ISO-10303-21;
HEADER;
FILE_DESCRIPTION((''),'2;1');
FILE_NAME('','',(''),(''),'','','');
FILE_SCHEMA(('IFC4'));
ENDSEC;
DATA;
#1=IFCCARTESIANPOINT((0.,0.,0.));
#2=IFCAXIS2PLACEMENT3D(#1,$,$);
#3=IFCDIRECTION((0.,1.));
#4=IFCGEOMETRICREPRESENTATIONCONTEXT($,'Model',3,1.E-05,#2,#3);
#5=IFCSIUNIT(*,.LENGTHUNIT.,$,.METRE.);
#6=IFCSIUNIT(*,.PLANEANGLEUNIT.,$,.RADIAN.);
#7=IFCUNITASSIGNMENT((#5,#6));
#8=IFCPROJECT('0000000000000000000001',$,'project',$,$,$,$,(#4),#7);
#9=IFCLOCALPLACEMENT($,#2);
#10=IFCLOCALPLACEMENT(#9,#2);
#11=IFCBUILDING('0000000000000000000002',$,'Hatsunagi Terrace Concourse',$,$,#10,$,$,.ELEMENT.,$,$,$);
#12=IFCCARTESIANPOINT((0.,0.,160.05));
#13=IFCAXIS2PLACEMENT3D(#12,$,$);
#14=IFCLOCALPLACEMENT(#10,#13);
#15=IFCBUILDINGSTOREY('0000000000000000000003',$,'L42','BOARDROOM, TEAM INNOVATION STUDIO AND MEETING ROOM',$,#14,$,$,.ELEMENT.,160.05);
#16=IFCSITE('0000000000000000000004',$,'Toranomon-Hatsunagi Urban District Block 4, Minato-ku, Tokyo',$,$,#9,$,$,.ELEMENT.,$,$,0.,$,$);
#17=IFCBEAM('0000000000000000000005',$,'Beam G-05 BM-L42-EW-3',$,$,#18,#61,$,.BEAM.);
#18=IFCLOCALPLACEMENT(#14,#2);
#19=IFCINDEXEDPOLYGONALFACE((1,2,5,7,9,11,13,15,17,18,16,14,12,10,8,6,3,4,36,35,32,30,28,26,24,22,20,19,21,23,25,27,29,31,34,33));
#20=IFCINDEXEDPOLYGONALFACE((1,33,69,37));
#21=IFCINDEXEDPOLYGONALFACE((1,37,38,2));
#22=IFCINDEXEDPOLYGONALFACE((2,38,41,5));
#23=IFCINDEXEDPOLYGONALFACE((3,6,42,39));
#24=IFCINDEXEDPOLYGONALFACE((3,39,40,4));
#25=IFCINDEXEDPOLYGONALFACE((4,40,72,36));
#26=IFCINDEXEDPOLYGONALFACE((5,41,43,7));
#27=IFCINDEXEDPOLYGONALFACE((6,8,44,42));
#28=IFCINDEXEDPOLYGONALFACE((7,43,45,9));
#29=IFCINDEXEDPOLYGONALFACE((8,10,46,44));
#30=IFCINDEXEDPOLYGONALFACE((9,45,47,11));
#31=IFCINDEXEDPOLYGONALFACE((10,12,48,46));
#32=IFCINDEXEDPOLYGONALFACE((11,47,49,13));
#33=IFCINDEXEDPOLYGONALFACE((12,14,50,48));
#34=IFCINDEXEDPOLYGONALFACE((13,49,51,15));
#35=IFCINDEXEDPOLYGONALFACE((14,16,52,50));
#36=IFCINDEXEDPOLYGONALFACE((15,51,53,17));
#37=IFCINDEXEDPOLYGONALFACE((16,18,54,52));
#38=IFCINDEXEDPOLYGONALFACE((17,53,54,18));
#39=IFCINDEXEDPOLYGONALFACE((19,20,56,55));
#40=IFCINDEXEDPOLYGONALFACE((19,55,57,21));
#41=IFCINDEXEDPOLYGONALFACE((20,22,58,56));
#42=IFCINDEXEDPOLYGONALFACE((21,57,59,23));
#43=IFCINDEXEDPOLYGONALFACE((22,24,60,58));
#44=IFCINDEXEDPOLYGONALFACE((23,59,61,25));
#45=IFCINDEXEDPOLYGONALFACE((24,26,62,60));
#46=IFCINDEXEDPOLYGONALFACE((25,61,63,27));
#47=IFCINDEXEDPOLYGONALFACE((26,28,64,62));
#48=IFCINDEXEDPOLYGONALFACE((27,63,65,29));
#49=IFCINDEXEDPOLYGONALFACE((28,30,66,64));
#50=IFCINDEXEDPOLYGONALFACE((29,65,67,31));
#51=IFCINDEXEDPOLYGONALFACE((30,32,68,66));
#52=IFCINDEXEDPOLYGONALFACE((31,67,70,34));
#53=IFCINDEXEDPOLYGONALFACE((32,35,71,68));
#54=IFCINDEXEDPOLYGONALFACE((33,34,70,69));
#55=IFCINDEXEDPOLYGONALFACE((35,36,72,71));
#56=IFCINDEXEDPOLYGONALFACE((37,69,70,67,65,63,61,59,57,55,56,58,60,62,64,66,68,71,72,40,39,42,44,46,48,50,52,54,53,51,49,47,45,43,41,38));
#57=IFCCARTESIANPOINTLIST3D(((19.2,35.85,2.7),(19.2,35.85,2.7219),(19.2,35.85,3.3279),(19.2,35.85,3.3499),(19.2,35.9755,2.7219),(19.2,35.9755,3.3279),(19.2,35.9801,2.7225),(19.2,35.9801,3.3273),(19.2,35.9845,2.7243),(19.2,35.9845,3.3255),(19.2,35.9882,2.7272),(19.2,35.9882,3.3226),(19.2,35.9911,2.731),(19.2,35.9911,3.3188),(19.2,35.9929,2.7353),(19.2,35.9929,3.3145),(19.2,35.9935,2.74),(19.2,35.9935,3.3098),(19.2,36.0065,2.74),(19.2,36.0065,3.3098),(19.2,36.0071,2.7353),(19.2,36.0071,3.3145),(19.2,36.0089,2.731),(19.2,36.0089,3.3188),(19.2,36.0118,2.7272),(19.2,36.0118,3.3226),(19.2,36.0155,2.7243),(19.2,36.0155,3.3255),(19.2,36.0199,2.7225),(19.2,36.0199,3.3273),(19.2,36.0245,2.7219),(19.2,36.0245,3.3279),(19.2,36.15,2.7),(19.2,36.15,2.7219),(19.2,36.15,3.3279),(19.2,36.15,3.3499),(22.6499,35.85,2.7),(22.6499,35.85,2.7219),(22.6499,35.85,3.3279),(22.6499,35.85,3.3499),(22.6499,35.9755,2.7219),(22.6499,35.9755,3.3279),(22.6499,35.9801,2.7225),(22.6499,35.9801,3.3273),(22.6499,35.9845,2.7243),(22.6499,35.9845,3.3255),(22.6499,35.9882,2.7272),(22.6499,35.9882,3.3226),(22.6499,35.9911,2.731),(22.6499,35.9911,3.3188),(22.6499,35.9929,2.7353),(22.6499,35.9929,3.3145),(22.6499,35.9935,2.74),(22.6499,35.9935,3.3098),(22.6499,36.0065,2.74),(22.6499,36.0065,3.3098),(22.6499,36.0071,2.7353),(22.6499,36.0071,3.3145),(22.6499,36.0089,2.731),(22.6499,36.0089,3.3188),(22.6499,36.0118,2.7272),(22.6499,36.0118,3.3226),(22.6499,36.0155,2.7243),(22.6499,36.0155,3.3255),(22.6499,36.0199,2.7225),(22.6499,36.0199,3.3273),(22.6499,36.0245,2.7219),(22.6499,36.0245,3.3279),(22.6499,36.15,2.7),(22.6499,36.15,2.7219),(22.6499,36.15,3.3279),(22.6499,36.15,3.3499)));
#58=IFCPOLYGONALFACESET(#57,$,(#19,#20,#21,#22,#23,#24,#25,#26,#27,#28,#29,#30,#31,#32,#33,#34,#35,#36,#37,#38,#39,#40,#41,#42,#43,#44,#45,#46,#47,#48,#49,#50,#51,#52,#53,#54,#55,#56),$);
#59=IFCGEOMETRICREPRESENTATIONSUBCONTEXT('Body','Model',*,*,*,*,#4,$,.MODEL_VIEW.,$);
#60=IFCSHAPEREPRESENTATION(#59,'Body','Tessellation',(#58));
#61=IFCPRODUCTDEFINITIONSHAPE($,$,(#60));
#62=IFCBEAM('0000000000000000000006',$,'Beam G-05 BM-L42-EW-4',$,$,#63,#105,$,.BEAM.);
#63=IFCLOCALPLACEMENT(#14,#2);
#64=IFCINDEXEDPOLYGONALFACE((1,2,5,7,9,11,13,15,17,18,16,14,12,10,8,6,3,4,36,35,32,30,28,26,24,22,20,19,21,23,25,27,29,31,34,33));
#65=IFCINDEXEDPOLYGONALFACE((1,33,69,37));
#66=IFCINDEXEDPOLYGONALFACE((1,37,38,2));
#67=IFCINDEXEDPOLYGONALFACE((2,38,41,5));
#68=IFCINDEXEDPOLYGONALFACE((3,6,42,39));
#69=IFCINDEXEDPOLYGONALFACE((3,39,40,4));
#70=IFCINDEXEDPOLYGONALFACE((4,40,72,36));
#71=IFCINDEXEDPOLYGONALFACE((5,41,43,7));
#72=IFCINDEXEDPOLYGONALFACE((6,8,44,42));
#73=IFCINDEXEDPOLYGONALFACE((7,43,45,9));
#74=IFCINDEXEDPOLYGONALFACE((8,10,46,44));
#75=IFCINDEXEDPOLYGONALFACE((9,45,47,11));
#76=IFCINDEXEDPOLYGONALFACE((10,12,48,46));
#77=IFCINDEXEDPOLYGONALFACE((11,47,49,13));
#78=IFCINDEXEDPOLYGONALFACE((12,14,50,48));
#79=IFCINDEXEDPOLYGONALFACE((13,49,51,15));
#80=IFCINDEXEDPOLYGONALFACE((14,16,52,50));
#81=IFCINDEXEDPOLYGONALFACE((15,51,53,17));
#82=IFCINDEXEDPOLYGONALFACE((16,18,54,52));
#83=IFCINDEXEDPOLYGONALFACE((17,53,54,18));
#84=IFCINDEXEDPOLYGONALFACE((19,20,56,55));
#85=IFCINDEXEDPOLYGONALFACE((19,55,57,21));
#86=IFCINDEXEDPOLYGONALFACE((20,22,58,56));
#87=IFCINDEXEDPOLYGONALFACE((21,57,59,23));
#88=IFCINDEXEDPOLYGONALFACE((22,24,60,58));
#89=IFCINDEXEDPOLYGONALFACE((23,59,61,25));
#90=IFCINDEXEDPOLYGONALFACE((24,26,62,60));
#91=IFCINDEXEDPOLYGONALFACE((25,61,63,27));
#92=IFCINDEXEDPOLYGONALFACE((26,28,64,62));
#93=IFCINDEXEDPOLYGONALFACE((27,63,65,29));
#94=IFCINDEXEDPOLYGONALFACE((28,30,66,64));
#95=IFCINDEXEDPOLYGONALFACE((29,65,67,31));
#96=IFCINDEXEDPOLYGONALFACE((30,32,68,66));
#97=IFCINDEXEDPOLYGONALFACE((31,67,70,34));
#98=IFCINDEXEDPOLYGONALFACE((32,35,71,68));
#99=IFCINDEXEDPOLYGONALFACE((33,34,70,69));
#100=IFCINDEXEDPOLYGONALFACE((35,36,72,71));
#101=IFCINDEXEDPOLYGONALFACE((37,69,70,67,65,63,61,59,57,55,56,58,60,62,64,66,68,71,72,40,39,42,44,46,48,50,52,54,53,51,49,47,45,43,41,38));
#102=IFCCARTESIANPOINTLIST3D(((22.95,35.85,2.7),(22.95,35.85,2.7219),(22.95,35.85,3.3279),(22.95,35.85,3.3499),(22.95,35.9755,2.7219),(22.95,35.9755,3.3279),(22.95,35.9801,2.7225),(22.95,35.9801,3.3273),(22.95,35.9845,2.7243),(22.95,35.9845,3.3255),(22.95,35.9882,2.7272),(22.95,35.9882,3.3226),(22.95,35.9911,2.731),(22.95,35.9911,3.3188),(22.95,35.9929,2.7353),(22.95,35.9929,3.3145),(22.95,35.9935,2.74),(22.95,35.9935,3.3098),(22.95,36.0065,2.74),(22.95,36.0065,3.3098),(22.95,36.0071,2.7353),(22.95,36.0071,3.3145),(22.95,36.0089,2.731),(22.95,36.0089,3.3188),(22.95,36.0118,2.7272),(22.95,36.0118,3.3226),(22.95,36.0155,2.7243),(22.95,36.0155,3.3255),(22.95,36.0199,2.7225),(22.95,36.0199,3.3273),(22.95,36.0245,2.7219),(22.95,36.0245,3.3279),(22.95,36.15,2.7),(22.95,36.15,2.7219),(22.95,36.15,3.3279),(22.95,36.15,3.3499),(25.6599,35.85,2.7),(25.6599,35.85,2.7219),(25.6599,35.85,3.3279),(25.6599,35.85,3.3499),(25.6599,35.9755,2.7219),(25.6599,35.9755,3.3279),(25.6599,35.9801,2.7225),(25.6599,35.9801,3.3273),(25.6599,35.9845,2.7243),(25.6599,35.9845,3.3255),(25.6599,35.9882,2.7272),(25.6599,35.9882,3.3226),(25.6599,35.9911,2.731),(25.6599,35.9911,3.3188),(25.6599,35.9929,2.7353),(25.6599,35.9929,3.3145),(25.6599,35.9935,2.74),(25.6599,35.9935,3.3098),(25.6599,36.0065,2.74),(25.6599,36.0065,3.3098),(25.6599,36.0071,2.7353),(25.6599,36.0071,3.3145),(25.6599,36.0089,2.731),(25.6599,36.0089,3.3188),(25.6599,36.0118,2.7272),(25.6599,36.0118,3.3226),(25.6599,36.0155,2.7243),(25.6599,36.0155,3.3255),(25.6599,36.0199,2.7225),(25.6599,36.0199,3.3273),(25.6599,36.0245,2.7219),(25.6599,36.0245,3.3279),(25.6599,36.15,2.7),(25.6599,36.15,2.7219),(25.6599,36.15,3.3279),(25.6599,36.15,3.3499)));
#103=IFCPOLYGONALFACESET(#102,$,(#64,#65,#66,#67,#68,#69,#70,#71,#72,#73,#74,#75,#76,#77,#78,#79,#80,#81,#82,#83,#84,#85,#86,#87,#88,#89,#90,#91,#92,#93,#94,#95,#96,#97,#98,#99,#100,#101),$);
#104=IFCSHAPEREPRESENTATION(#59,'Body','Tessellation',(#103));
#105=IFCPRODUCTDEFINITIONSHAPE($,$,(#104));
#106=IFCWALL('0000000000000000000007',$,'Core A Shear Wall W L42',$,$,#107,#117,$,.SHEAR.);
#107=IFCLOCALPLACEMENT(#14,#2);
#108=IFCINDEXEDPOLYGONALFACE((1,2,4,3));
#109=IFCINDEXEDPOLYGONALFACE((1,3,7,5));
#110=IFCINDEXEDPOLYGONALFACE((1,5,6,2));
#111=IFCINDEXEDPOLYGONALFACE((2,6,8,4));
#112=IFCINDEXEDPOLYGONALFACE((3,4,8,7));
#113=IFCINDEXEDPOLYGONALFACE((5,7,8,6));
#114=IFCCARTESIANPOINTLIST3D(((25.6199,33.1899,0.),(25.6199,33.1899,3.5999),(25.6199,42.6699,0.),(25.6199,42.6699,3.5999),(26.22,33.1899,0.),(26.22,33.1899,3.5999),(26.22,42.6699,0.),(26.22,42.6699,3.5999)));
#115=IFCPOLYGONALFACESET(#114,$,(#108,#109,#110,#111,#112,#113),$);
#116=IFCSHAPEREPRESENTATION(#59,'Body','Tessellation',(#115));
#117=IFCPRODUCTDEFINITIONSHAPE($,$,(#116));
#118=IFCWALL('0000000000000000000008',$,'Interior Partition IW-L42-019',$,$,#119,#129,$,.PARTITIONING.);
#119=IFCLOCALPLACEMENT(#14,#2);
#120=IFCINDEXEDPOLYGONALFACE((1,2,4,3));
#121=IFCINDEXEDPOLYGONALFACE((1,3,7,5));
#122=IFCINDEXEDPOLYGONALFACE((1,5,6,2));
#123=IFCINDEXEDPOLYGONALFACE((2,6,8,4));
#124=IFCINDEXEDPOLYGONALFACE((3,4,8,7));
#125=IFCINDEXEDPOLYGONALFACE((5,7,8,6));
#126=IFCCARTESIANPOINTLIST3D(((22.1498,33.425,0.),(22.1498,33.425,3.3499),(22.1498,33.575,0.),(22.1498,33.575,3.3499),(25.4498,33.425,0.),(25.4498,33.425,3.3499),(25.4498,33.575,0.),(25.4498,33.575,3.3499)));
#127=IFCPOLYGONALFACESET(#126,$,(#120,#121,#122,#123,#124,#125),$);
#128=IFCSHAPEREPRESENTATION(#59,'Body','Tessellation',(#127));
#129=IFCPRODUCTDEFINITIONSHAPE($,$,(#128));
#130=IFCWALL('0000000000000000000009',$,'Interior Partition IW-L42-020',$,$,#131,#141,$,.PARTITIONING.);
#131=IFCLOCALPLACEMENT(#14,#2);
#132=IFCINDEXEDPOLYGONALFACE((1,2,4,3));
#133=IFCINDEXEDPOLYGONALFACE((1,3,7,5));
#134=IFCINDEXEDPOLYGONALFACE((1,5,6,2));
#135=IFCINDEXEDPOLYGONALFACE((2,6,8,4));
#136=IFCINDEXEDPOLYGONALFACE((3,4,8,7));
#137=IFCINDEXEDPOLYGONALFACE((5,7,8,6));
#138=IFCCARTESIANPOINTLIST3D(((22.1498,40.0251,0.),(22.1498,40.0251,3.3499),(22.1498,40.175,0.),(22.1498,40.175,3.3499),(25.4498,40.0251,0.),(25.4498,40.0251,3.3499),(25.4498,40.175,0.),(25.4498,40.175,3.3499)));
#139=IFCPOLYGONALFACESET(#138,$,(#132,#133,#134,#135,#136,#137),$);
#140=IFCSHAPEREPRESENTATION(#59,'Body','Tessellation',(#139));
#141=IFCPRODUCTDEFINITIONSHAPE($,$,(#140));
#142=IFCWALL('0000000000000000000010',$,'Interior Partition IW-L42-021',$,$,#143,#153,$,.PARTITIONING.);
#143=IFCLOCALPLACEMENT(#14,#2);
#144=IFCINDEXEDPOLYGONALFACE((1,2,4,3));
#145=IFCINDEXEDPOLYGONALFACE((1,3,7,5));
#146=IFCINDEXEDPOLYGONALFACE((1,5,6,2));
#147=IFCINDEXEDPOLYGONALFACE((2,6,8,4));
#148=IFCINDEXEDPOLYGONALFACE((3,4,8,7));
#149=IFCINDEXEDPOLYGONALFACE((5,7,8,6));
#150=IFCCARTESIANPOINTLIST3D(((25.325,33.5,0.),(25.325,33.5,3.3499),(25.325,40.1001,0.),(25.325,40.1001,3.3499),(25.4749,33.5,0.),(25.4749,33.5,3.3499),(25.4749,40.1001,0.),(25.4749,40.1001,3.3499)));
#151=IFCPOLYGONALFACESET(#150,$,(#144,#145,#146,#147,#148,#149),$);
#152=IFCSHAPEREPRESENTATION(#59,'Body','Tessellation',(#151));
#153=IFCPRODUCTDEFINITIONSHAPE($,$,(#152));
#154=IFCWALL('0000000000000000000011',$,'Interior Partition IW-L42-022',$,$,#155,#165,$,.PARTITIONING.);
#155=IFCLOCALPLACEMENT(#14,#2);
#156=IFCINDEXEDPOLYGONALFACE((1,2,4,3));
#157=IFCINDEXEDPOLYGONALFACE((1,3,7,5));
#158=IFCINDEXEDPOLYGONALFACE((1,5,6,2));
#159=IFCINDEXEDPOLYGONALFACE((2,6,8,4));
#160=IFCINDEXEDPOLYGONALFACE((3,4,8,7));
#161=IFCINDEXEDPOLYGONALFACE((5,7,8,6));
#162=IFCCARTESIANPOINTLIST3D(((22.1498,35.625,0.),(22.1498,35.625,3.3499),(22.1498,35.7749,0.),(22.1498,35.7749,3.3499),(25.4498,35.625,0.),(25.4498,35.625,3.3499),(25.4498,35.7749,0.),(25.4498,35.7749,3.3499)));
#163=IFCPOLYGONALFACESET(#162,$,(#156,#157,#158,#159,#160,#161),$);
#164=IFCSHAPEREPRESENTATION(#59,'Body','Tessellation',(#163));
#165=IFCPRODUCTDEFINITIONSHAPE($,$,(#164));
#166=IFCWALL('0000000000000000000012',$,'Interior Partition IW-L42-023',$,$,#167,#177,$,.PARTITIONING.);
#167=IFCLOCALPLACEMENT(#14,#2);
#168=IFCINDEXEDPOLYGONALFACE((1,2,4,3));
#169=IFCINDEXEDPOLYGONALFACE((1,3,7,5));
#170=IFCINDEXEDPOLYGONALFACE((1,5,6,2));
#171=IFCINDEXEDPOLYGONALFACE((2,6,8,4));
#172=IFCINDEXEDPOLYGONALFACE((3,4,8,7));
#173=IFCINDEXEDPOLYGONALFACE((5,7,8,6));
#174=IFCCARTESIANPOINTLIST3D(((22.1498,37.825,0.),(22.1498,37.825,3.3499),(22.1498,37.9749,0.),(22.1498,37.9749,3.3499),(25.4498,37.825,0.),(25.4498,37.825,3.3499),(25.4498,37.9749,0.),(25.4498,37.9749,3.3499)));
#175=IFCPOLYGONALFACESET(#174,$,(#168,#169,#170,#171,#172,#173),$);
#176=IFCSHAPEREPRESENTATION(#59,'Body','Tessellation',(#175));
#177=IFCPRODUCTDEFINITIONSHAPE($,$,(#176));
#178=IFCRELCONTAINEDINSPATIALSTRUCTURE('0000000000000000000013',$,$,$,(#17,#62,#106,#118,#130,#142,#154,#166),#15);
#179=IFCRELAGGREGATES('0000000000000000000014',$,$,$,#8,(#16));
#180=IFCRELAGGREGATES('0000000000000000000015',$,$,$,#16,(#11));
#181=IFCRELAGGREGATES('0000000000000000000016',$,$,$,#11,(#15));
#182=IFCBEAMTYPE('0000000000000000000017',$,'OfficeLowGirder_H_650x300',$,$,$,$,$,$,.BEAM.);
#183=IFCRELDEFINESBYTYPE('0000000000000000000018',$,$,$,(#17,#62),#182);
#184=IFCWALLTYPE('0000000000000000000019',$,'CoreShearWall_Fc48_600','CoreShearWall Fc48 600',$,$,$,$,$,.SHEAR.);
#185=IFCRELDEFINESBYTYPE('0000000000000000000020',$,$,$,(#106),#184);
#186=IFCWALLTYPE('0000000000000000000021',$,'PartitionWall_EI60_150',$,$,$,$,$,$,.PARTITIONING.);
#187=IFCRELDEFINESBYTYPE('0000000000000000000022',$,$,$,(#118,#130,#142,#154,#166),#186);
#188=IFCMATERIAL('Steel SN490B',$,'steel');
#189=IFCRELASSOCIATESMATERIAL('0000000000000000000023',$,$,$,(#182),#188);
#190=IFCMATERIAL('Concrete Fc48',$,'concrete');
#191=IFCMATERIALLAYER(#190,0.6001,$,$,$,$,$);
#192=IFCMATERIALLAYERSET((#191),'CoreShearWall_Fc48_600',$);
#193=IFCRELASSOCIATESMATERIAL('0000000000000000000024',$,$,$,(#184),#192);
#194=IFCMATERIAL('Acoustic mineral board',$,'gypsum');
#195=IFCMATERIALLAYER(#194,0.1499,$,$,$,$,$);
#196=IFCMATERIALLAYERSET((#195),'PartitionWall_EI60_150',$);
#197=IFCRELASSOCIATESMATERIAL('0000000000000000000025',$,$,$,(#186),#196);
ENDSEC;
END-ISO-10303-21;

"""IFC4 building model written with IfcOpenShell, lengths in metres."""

from ifc_helpers import new_model, si_unit, direction, frame, frame_2d, origin, origin_2d, place, context, subcontext, project, spatial, rectangle, i_section, extrude, material, layer, layer_set, material_profile, profile_set, type_object, element, save


model = new_model("IFC4")

# Units and contexts
model_context = context("Model", 3, precision=1e-05, world=origin(), true_north=direction((0.0, 1.0)))
body_context = subcontext(model_context, "Body", "Model", "MODEL_VIEW")
ifc_project = project(units=[si_unit("LENGTHUNIT", "METRE"), si_unit("PLANEANGLEUNIT", "RADIAN")], contexts=[model_context])

# Site, building, storey
site_placement = place(None, origin())
site = spatial("IfcSite", under=ifc_project, at=site_placement, Name="Toranomon-Hatsunagi Urban District Block 4, Minato-ku, Tokyo", CompositionType="ELEMENT", RefElevation=0.0)
building_placement = place(site_placement, origin())
building = spatial("IfcBuilding", under=site, at=building_placement, Name="Hatsunagi Terrace Concourse", CompositionType="ELEMENT")
storey_placement = place(building_placement, frame((0.0, 0.0, 160.05)))
storey = spatial("IfcBuildingStorey", under=building, at=storey_placement, Name="L42", Description="BOARDROOM, TEAM INNOVATION STUDIO AND MEETING ROOM", CompositionType="ELEMENT", Elevation=160.05)

# Beams
ifc_material_1 = material(Name="Steel SN490B", Category="steel")
ifc_material_profile_1 = material_profile(ifc_material_1, i_section(OverallWidth=0.3, OverallDepth=0.6499, WebThickness=0.0129, FlangeThickness=0.022, FilletRadius=0.0181, at=origin_2d()), Name="H-650x300x13x22")
ifc_profile_set_1 = profile_set([ifc_material_profile_1], Name="Steel SN490B")
beam_type_1 = type_object("IfcBeamType", Name="OfficeLowGirder_H_650x300", PredefinedType="BEAM", material=ifc_profile_set_1)
beam_1_placement = place(storey_placement, frame((19.2, 36.0, 3.0249), z_axis=(1.0, 0.0, 0.0), x_axis=(0.0, 1.0, 0.0)))
element("IfcBeam", 1, at=beam_1_placement, inside=storey, type_object=beam_type_1, Name="Beam G-05 BM-L42-EW-3", PredefinedType="BEAM", context=body_context, shape_type="SweptSolid", body=[
    extrude(i_section(OverallWidth=0.3, OverallDepth=0.6499, WebThickness=0.0129, FlangeThickness=0.022, FilletRadius=0.0181, at=origin_2d()), origin(), (0.0, 0.0, 1.0), 3.45),
])
beam_2_placement = place(storey_placement, frame((22.95, 36.0, 3.0249), z_axis=(1.0, 0.0, 0.0), x_axis=(0.0, 1.0, 0.0)))
element("IfcBeam", 2, at=beam_2_placement, inside=storey, type_object=beam_type_1, Name="Beam G-05 BM-L42-EW-4", PredefinedType="BEAM", context=body_context, shape_type="SweptSolid", body=[
    extrude(i_section(OverallWidth=0.3, OverallDepth=0.6499, WebThickness=0.0129, FlangeThickness=0.022, FilletRadius=0.0181, at=origin_2d()), origin(), (0.0, 0.0, 1.0), 2.71),
])

# Walls
ifc_material_2 = material(Name="Concrete Fc48", Category="concrete")
ifc_layer_1 = layer(ifc_material_2, 0.6001)
ifc_layer_set_1 = layer_set([ifc_layer_1], Name="CoreShearWall_Fc48_600")
wall_type_1 = type_object("IfcWallType", Name="CoreShearWall_Fc48_600", Description="CoreShearWall Fc48 600", PredefinedType="SHEAR", material=ifc_layer_set_1)
wall_1_placement = place(storey_placement, frame((25.9199, 33.1899, 0.0), z_axis=(0.0, 0.0, 1.0), x_axis=(0.0, 1.0, 0.0)))
element("IfcWall", 3, at=wall_1_placement, inside=storey, type_object=wall_type_1, Name="Core A Shear Wall W L42", PredefinedType="SHEAR", context=body_context, shape_type="SweptSolid", body=[
    extrude(rectangle(XDim=9.48, YDim=0.6001, at=frame_2d((4.74, 0.0))), origin(), (0.0, 0.0, 1.0), 3.5999),
])
ifc_material_3 = material(Name="Acoustic mineral board", Category="gypsum")
ifc_layer_2 = layer(ifc_material_3, 0.1499)
ifc_layer_set_2 = layer_set([ifc_layer_2], Name="PartitionWall_EI60_150")
wall_type_2 = type_object("IfcWallType", Name="PartitionWall_EI60_150", PredefinedType="PARTITIONING", material=ifc_layer_set_2)
for number, where, z_axis, x_axis, name in (
    (4, (22.1499, 33.5, 0.0), (0.0, 0.0, 1.0), (1.0, 0.0, 0.0), "Interior Partition IW-L42-019"),
    (5, (22.1499, 40.1001, 0.0), (0.0, 0.0, 1.0), (1.0, 0.0, 0.0), "Interior Partition IW-L42-020"),
):
    element("IfcWall", number, at=place(storey_placement, frame(where, z_axis=z_axis, x_axis=x_axis)), inside=storey, type_object=wall_type_2, Name=name, PredefinedType="PARTITIONING", context=body_context, shape_type="SweptSolid", body=[
        extrude(rectangle(XDim=3.3, YDim=0.1499, at=frame_2d((1.6499, 0.0))), origin(), (0.0, 0.0, 1.0), 3.3499),
    ])
wall_2_placement = place(storey_placement, frame((25.3999, 33.5, 0.0), z_axis=(0.0, 0.0, 1.0), x_axis=(0.0, 1.0, 0.0)))
element("IfcWall", 6, at=wall_2_placement, inside=storey, type_object=wall_type_2, Name="Interior Partition IW-L42-021", PredefinedType="PARTITIONING", context=body_context, shape_type="SweptSolid", body=[
    extrude(rectangle(XDim=6.6001, YDim=0.1499, at=frame_2d((3.3, 0.0))), origin(), (0.0, 0.0, 1.0), 3.3499),
])
for number, where, z_axis, x_axis, name in (
    (7, (22.1499, 35.7, 0.0), (0.0, 0.0, 1.0), (1.0, 0.0, 0.0), "Interior Partition IW-L42-022"),
    (8, (22.1499, 37.8999, 0.0), (0.0, 0.0, 1.0), (1.0, 0.0, 0.0), "Interior Partition IW-L42-023"),
):
    element("IfcWall", number, at=place(storey_placement, frame(where, z_axis=z_axis, x_axis=x_axis)), inside=storey, type_object=wall_type_2, Name=name, PredefinedType="PARTITIONING", context=body_context, shape_type="SweptSolid", body=[
        extrude(rectangle(XDim=3.3, YDim=0.1499, at=frame_2d((1.6499, 0.0))), origin(), (0.0, 0.0, 1.0), 3.3499),
    ])

save(model, "model.ifc")
